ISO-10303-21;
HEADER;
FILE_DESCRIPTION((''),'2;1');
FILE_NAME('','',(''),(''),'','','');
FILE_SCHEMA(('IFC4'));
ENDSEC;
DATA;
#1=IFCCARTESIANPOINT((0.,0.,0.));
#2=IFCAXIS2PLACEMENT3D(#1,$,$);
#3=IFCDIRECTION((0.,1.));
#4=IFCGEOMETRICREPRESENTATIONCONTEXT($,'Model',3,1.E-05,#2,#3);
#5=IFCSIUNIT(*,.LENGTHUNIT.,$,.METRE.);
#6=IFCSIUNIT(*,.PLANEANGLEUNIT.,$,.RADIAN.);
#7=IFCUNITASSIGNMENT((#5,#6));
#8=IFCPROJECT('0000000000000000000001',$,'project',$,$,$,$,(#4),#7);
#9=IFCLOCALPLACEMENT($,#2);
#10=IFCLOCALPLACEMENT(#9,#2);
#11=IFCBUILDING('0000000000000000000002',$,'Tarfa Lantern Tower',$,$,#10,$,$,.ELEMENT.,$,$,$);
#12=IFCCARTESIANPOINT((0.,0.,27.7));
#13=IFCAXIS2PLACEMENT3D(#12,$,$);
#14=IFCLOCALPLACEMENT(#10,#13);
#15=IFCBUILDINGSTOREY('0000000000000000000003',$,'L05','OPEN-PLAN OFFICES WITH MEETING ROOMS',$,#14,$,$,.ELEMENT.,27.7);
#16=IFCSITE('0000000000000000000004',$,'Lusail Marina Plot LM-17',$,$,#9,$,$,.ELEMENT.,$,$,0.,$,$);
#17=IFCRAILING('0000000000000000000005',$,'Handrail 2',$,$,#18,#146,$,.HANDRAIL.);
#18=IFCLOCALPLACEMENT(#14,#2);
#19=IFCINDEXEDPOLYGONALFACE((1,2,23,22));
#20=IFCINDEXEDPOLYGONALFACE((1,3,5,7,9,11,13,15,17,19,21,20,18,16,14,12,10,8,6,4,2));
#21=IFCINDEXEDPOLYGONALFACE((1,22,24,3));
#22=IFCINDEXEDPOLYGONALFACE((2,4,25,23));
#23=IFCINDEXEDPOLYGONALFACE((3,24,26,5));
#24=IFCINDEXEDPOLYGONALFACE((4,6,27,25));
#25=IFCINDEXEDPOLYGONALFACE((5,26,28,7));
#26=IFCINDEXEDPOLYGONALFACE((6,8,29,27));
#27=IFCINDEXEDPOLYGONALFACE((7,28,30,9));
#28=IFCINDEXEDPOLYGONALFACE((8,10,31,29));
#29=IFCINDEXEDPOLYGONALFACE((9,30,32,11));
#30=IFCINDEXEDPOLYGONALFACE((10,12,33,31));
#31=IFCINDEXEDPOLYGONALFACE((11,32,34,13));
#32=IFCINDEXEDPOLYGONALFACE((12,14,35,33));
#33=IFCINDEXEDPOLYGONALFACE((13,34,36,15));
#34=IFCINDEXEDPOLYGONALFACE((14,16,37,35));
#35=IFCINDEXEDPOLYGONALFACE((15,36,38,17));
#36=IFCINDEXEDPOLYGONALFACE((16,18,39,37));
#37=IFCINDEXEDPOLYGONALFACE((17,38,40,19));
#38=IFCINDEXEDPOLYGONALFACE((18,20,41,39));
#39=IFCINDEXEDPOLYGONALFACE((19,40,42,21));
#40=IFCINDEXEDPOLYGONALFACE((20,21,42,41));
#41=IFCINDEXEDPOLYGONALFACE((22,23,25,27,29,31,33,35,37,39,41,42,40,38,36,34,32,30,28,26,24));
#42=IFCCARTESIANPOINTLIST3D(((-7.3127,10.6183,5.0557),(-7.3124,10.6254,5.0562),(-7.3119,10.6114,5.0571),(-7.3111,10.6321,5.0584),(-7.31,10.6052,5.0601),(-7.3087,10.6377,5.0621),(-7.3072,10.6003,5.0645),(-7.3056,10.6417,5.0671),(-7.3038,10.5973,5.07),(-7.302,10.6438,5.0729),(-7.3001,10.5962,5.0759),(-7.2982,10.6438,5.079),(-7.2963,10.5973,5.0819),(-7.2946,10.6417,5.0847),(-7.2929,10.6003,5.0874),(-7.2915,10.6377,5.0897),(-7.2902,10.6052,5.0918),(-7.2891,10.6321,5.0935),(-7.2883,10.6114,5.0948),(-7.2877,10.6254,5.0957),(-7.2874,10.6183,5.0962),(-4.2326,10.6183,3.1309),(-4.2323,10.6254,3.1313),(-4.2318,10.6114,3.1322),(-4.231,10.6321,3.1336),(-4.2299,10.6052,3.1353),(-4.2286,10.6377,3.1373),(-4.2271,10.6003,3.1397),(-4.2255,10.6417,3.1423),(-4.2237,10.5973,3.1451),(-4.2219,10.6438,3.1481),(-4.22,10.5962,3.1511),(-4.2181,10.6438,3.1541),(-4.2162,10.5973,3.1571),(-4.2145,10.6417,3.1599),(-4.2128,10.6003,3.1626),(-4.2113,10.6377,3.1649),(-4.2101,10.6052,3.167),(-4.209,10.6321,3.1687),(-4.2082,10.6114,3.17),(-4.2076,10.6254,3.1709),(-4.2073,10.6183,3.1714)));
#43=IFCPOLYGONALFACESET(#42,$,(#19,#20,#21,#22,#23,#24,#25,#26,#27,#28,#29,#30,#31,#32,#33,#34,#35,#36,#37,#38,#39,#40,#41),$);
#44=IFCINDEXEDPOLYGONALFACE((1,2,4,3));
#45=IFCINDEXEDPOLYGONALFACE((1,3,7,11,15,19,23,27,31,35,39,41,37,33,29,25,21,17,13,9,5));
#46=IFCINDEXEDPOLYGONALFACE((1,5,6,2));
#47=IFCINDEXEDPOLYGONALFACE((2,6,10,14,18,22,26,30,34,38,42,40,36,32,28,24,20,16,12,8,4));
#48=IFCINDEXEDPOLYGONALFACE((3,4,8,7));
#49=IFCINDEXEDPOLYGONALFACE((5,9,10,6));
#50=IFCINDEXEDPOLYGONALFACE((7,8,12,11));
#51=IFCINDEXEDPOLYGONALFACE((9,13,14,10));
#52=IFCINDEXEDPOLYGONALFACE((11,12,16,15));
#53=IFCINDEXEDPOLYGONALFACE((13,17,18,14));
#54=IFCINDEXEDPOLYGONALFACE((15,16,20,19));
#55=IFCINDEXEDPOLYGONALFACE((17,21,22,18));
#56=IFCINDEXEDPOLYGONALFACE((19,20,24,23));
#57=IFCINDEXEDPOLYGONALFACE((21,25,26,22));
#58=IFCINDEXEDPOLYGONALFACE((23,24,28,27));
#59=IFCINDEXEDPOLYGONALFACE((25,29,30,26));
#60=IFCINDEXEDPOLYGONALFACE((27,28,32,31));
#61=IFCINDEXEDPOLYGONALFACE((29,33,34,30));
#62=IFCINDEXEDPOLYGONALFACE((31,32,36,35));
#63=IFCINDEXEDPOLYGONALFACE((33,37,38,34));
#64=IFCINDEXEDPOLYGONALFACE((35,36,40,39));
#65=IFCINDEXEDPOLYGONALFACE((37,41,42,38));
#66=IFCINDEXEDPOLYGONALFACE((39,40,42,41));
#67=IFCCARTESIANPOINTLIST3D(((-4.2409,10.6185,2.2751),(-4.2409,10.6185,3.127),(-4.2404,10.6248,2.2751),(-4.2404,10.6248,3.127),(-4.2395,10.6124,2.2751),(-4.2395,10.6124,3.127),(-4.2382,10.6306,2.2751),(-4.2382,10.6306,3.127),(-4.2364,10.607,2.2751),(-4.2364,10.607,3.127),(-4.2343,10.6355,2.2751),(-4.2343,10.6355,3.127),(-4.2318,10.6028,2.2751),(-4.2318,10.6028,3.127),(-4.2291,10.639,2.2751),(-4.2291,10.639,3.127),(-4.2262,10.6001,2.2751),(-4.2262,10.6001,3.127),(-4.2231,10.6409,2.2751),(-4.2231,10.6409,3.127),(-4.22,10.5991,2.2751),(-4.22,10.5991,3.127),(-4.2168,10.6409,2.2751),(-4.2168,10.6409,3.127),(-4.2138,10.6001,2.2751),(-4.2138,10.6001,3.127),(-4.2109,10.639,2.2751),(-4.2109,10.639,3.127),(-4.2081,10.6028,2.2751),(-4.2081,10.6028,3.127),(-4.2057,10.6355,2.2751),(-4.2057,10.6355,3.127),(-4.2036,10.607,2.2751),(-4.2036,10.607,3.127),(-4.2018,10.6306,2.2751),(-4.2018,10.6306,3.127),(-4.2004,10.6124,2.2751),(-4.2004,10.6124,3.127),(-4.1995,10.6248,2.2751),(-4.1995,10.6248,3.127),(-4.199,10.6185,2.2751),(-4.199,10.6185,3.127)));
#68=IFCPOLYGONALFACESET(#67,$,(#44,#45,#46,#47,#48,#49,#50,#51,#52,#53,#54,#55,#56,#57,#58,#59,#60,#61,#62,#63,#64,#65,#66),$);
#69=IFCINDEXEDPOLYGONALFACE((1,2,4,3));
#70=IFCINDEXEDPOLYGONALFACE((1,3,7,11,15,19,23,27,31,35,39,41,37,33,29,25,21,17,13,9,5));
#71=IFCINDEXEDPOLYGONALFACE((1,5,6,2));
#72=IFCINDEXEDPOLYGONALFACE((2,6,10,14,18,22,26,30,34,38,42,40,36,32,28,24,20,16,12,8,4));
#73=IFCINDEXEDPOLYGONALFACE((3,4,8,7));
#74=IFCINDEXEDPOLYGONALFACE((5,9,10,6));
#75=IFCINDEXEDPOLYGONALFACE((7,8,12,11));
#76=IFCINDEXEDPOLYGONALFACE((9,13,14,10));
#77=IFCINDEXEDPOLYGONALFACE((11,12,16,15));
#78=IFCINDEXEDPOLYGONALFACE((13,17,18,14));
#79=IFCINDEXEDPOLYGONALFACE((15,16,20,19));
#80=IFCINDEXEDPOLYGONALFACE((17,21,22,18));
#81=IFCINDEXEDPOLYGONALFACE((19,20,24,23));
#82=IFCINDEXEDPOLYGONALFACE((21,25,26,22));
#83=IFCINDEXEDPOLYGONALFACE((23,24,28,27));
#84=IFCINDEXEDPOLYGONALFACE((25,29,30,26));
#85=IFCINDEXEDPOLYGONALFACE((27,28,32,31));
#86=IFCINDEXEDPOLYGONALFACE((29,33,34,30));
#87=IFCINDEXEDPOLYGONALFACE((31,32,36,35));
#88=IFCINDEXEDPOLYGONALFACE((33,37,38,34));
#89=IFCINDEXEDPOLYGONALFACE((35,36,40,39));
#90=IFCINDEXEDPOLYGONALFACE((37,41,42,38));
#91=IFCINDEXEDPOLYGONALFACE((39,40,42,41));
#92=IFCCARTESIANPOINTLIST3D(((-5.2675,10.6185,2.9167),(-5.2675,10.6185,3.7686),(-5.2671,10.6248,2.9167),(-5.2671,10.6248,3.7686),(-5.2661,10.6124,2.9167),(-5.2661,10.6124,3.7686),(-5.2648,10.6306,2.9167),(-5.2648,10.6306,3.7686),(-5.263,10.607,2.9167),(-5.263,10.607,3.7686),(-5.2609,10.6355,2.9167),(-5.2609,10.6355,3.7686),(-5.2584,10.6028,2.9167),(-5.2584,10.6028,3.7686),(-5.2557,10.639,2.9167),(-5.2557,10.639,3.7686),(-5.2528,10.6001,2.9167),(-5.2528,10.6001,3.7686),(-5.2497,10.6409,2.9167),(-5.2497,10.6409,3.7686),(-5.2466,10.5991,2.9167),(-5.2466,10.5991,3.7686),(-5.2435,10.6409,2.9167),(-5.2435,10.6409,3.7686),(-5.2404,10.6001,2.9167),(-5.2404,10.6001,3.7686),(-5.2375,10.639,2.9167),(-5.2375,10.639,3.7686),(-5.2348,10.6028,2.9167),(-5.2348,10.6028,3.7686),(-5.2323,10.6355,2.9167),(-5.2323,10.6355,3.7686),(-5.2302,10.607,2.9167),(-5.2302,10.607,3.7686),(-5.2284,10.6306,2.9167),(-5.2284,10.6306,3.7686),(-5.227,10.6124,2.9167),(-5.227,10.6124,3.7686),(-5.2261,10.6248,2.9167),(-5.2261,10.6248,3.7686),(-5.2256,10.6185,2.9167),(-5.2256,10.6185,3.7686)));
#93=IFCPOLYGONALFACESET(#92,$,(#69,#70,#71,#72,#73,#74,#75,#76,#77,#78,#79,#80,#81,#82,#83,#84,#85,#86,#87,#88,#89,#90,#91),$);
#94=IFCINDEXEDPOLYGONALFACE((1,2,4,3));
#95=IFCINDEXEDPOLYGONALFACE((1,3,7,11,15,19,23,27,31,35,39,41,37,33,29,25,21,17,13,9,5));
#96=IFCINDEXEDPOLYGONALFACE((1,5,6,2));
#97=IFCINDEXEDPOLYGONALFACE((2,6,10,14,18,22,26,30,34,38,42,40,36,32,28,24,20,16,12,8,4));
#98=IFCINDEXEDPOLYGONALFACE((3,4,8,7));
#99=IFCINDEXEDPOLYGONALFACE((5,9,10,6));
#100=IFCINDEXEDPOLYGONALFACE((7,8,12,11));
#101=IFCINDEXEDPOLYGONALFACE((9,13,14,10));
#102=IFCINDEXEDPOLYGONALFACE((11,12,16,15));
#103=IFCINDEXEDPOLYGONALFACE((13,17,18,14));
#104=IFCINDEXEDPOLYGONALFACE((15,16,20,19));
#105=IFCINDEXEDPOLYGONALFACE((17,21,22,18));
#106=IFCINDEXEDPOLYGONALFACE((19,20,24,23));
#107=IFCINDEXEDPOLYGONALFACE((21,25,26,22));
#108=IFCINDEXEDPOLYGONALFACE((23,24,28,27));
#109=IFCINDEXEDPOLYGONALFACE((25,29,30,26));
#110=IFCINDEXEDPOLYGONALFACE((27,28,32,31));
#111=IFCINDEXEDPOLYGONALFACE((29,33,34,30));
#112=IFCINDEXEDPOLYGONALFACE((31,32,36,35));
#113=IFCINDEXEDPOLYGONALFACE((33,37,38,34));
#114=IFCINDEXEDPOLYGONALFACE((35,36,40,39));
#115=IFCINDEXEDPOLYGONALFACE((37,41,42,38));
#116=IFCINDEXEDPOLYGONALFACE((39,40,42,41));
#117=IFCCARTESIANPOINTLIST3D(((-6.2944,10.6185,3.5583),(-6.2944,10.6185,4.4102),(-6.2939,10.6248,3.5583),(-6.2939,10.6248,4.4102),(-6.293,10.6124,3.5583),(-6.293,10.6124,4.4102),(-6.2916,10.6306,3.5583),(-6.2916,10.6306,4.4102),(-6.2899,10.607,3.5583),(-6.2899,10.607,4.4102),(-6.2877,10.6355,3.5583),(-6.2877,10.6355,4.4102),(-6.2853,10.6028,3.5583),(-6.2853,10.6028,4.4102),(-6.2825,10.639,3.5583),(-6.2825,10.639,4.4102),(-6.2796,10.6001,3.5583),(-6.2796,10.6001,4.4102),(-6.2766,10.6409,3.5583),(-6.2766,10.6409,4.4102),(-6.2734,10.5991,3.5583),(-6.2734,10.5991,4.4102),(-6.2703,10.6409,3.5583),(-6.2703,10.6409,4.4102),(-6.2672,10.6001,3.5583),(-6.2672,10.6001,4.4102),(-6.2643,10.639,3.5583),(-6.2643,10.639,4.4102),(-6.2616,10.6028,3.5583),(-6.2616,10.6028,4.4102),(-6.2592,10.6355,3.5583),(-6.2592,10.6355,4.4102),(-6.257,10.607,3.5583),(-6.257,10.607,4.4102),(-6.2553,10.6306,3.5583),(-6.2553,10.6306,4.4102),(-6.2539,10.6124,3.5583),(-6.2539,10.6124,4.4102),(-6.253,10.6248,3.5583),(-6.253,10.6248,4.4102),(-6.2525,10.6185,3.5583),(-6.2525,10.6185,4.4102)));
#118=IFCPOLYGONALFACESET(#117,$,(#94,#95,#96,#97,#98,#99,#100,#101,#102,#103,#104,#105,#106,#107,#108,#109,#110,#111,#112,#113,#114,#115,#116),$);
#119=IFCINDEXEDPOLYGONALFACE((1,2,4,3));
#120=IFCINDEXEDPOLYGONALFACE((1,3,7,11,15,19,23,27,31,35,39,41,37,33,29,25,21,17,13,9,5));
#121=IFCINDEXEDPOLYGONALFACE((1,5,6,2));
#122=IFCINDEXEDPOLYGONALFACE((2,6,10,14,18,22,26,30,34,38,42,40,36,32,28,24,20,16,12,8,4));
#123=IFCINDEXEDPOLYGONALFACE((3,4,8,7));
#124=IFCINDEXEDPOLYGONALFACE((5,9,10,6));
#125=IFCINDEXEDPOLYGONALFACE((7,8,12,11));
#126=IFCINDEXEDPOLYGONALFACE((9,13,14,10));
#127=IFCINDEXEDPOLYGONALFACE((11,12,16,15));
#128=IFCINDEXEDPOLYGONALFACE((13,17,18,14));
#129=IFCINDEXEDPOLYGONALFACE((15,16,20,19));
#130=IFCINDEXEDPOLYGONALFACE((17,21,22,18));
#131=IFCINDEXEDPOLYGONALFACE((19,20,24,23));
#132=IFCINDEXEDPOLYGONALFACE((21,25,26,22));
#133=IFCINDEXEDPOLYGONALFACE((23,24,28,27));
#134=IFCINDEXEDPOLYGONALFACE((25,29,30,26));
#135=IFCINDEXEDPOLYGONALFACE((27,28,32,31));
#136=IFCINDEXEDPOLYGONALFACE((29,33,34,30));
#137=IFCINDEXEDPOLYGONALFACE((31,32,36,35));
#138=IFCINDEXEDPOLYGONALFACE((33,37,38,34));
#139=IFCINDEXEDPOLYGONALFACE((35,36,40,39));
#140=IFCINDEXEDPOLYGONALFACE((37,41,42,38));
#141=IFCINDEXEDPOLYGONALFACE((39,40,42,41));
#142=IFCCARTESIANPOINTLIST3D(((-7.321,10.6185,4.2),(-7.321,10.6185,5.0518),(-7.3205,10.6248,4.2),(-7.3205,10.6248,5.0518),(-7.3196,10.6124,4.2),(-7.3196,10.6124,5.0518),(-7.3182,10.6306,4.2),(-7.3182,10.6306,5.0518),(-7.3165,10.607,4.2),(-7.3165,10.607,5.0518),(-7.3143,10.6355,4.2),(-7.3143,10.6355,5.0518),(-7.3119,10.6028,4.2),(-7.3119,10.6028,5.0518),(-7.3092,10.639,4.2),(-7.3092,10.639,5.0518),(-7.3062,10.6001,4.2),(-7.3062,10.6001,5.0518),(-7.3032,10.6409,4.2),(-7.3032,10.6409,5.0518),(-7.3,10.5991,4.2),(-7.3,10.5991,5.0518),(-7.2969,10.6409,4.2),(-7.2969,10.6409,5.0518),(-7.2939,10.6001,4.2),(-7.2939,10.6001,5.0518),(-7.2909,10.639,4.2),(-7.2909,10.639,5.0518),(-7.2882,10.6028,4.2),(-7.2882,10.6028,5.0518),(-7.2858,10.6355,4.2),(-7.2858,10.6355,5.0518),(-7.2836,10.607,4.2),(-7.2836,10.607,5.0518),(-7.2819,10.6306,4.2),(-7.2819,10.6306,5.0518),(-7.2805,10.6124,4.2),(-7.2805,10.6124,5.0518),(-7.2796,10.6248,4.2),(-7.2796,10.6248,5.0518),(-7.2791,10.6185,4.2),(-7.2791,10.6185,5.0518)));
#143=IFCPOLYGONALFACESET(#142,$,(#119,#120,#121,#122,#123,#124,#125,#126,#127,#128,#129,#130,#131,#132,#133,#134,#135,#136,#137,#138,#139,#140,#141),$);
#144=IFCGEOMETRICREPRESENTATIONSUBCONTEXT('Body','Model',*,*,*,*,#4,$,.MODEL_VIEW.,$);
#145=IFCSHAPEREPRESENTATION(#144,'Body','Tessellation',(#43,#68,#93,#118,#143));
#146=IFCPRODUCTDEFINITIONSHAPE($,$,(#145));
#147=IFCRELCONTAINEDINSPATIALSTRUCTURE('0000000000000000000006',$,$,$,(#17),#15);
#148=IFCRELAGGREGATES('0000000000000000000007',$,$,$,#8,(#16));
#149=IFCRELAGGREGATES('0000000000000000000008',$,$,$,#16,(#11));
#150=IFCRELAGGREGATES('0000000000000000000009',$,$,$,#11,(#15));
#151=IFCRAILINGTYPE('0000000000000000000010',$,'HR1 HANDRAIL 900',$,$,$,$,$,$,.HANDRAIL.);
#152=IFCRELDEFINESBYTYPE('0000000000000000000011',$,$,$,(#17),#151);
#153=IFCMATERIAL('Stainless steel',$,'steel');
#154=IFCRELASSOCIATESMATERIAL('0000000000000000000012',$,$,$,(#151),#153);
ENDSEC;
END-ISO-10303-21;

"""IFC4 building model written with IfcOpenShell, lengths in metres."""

from ifc_helpers import new_model, si_unit, direction, frame, origin, origin_2d, place, context, subcontext, project, spatial, circle, extrude, material, type_object, element, save


model = new_model("IFC4")

# Units and contexts
model_context = context("Model", 3, precision=1e-05, world=origin(), true_north=direction((0.0, 1.0)))
body_context = subcontext(model_context, "Body", "Model", "MODEL_VIEW")
ifc_project = project(units=[si_unit("LENGTHUNIT", "METRE"), si_unit("PLANEANGLEUNIT", "RADIAN")], contexts=[model_context])

# Site, building, storey
site_placement = place(None, origin())
site = spatial("IfcSite", under=ifc_project, at=site_placement, Name="Lusail Marina Plot LM-17", CompositionType="ELEMENT", RefElevation=0.0)
building_placement = place(site_placement, origin())
building = spatial("IfcBuilding", under=site, at=building_placement, Name="Tarfa Lantern Tower", CompositionType="ELEMENT")
storey_placement = place(building_placement, frame((0.0, 0.0, 27.7)))
storey = spatial("IfcBuildingStorey", under=building, at=storey_placement, Name="L05", Description="OPEN-PLAN OFFICES WITH MEETING ROOMS", CompositionType="ELEMENT", Elevation=27.7)

# Railing
ifc_material_1 = material(Name="Stainless steel", Category="steel")
railing_type = type_object("IfcRailingType", Name="HR1 HANDRAIL 900", PredefinedType="HANDRAIL", material=ifc_material_1)
railing_1_placement = place(storey_placement, frame((-4.22, 10.6201, 2.2751)))
element("IfcRailing", 1, at=railing_1_placement, inside=storey, type_object=railing_type, Name="Handrail 2", PredefinedType="HANDRAIL", context=body_context, shape_type="SweptSolid", body=[
    extrude(circle(Radius=0.0239, at=origin_2d()), frame((0.0, 0.0, 0.876), z_axis=(-0.848029, 0.0, 0.529951), x_axis=(0.0, -1.0, 0.0)), (0.0, 0.0, 1.0), 3.6321),
    extrude(circle(Radius=0.021, at=origin_2d()), frame((0.0, 0.0, 0.0), z_axis=(0.0, 0.0, 1.0), x_axis=(0.0, -1.0, 0.0)), (0.0, 0.0, 1.0), 0.8518),
    extrude(circle(Radius=0.021, at=origin_2d()), frame((-1.0266, 0.0, 0.6416), z_axis=(0.0, 0.0, 1.0), x_axis=(0.0, -1.0, 0.0)), (0.0, 0.0, 1.0), 0.8518),
    extrude(circle(Radius=0.021, at=origin_2d()), frame((-2.0535, 0.0, 1.2832), z_axis=(0.0, 0.0, 1.0), x_axis=(0.0, -1.0, 0.0)), (0.0, 0.0, 1.0), 0.8518),
    extrude(circle(Radius=0.021, at=origin_2d()), frame((-3.0801, 0.0, 1.9248), z_axis=(0.0, 0.0, 1.0), x_axis=(0.0, -1.0, 0.0)), (0.0, 0.0, 1.0), 0.8518),
])

save(model, "model.ifc")
